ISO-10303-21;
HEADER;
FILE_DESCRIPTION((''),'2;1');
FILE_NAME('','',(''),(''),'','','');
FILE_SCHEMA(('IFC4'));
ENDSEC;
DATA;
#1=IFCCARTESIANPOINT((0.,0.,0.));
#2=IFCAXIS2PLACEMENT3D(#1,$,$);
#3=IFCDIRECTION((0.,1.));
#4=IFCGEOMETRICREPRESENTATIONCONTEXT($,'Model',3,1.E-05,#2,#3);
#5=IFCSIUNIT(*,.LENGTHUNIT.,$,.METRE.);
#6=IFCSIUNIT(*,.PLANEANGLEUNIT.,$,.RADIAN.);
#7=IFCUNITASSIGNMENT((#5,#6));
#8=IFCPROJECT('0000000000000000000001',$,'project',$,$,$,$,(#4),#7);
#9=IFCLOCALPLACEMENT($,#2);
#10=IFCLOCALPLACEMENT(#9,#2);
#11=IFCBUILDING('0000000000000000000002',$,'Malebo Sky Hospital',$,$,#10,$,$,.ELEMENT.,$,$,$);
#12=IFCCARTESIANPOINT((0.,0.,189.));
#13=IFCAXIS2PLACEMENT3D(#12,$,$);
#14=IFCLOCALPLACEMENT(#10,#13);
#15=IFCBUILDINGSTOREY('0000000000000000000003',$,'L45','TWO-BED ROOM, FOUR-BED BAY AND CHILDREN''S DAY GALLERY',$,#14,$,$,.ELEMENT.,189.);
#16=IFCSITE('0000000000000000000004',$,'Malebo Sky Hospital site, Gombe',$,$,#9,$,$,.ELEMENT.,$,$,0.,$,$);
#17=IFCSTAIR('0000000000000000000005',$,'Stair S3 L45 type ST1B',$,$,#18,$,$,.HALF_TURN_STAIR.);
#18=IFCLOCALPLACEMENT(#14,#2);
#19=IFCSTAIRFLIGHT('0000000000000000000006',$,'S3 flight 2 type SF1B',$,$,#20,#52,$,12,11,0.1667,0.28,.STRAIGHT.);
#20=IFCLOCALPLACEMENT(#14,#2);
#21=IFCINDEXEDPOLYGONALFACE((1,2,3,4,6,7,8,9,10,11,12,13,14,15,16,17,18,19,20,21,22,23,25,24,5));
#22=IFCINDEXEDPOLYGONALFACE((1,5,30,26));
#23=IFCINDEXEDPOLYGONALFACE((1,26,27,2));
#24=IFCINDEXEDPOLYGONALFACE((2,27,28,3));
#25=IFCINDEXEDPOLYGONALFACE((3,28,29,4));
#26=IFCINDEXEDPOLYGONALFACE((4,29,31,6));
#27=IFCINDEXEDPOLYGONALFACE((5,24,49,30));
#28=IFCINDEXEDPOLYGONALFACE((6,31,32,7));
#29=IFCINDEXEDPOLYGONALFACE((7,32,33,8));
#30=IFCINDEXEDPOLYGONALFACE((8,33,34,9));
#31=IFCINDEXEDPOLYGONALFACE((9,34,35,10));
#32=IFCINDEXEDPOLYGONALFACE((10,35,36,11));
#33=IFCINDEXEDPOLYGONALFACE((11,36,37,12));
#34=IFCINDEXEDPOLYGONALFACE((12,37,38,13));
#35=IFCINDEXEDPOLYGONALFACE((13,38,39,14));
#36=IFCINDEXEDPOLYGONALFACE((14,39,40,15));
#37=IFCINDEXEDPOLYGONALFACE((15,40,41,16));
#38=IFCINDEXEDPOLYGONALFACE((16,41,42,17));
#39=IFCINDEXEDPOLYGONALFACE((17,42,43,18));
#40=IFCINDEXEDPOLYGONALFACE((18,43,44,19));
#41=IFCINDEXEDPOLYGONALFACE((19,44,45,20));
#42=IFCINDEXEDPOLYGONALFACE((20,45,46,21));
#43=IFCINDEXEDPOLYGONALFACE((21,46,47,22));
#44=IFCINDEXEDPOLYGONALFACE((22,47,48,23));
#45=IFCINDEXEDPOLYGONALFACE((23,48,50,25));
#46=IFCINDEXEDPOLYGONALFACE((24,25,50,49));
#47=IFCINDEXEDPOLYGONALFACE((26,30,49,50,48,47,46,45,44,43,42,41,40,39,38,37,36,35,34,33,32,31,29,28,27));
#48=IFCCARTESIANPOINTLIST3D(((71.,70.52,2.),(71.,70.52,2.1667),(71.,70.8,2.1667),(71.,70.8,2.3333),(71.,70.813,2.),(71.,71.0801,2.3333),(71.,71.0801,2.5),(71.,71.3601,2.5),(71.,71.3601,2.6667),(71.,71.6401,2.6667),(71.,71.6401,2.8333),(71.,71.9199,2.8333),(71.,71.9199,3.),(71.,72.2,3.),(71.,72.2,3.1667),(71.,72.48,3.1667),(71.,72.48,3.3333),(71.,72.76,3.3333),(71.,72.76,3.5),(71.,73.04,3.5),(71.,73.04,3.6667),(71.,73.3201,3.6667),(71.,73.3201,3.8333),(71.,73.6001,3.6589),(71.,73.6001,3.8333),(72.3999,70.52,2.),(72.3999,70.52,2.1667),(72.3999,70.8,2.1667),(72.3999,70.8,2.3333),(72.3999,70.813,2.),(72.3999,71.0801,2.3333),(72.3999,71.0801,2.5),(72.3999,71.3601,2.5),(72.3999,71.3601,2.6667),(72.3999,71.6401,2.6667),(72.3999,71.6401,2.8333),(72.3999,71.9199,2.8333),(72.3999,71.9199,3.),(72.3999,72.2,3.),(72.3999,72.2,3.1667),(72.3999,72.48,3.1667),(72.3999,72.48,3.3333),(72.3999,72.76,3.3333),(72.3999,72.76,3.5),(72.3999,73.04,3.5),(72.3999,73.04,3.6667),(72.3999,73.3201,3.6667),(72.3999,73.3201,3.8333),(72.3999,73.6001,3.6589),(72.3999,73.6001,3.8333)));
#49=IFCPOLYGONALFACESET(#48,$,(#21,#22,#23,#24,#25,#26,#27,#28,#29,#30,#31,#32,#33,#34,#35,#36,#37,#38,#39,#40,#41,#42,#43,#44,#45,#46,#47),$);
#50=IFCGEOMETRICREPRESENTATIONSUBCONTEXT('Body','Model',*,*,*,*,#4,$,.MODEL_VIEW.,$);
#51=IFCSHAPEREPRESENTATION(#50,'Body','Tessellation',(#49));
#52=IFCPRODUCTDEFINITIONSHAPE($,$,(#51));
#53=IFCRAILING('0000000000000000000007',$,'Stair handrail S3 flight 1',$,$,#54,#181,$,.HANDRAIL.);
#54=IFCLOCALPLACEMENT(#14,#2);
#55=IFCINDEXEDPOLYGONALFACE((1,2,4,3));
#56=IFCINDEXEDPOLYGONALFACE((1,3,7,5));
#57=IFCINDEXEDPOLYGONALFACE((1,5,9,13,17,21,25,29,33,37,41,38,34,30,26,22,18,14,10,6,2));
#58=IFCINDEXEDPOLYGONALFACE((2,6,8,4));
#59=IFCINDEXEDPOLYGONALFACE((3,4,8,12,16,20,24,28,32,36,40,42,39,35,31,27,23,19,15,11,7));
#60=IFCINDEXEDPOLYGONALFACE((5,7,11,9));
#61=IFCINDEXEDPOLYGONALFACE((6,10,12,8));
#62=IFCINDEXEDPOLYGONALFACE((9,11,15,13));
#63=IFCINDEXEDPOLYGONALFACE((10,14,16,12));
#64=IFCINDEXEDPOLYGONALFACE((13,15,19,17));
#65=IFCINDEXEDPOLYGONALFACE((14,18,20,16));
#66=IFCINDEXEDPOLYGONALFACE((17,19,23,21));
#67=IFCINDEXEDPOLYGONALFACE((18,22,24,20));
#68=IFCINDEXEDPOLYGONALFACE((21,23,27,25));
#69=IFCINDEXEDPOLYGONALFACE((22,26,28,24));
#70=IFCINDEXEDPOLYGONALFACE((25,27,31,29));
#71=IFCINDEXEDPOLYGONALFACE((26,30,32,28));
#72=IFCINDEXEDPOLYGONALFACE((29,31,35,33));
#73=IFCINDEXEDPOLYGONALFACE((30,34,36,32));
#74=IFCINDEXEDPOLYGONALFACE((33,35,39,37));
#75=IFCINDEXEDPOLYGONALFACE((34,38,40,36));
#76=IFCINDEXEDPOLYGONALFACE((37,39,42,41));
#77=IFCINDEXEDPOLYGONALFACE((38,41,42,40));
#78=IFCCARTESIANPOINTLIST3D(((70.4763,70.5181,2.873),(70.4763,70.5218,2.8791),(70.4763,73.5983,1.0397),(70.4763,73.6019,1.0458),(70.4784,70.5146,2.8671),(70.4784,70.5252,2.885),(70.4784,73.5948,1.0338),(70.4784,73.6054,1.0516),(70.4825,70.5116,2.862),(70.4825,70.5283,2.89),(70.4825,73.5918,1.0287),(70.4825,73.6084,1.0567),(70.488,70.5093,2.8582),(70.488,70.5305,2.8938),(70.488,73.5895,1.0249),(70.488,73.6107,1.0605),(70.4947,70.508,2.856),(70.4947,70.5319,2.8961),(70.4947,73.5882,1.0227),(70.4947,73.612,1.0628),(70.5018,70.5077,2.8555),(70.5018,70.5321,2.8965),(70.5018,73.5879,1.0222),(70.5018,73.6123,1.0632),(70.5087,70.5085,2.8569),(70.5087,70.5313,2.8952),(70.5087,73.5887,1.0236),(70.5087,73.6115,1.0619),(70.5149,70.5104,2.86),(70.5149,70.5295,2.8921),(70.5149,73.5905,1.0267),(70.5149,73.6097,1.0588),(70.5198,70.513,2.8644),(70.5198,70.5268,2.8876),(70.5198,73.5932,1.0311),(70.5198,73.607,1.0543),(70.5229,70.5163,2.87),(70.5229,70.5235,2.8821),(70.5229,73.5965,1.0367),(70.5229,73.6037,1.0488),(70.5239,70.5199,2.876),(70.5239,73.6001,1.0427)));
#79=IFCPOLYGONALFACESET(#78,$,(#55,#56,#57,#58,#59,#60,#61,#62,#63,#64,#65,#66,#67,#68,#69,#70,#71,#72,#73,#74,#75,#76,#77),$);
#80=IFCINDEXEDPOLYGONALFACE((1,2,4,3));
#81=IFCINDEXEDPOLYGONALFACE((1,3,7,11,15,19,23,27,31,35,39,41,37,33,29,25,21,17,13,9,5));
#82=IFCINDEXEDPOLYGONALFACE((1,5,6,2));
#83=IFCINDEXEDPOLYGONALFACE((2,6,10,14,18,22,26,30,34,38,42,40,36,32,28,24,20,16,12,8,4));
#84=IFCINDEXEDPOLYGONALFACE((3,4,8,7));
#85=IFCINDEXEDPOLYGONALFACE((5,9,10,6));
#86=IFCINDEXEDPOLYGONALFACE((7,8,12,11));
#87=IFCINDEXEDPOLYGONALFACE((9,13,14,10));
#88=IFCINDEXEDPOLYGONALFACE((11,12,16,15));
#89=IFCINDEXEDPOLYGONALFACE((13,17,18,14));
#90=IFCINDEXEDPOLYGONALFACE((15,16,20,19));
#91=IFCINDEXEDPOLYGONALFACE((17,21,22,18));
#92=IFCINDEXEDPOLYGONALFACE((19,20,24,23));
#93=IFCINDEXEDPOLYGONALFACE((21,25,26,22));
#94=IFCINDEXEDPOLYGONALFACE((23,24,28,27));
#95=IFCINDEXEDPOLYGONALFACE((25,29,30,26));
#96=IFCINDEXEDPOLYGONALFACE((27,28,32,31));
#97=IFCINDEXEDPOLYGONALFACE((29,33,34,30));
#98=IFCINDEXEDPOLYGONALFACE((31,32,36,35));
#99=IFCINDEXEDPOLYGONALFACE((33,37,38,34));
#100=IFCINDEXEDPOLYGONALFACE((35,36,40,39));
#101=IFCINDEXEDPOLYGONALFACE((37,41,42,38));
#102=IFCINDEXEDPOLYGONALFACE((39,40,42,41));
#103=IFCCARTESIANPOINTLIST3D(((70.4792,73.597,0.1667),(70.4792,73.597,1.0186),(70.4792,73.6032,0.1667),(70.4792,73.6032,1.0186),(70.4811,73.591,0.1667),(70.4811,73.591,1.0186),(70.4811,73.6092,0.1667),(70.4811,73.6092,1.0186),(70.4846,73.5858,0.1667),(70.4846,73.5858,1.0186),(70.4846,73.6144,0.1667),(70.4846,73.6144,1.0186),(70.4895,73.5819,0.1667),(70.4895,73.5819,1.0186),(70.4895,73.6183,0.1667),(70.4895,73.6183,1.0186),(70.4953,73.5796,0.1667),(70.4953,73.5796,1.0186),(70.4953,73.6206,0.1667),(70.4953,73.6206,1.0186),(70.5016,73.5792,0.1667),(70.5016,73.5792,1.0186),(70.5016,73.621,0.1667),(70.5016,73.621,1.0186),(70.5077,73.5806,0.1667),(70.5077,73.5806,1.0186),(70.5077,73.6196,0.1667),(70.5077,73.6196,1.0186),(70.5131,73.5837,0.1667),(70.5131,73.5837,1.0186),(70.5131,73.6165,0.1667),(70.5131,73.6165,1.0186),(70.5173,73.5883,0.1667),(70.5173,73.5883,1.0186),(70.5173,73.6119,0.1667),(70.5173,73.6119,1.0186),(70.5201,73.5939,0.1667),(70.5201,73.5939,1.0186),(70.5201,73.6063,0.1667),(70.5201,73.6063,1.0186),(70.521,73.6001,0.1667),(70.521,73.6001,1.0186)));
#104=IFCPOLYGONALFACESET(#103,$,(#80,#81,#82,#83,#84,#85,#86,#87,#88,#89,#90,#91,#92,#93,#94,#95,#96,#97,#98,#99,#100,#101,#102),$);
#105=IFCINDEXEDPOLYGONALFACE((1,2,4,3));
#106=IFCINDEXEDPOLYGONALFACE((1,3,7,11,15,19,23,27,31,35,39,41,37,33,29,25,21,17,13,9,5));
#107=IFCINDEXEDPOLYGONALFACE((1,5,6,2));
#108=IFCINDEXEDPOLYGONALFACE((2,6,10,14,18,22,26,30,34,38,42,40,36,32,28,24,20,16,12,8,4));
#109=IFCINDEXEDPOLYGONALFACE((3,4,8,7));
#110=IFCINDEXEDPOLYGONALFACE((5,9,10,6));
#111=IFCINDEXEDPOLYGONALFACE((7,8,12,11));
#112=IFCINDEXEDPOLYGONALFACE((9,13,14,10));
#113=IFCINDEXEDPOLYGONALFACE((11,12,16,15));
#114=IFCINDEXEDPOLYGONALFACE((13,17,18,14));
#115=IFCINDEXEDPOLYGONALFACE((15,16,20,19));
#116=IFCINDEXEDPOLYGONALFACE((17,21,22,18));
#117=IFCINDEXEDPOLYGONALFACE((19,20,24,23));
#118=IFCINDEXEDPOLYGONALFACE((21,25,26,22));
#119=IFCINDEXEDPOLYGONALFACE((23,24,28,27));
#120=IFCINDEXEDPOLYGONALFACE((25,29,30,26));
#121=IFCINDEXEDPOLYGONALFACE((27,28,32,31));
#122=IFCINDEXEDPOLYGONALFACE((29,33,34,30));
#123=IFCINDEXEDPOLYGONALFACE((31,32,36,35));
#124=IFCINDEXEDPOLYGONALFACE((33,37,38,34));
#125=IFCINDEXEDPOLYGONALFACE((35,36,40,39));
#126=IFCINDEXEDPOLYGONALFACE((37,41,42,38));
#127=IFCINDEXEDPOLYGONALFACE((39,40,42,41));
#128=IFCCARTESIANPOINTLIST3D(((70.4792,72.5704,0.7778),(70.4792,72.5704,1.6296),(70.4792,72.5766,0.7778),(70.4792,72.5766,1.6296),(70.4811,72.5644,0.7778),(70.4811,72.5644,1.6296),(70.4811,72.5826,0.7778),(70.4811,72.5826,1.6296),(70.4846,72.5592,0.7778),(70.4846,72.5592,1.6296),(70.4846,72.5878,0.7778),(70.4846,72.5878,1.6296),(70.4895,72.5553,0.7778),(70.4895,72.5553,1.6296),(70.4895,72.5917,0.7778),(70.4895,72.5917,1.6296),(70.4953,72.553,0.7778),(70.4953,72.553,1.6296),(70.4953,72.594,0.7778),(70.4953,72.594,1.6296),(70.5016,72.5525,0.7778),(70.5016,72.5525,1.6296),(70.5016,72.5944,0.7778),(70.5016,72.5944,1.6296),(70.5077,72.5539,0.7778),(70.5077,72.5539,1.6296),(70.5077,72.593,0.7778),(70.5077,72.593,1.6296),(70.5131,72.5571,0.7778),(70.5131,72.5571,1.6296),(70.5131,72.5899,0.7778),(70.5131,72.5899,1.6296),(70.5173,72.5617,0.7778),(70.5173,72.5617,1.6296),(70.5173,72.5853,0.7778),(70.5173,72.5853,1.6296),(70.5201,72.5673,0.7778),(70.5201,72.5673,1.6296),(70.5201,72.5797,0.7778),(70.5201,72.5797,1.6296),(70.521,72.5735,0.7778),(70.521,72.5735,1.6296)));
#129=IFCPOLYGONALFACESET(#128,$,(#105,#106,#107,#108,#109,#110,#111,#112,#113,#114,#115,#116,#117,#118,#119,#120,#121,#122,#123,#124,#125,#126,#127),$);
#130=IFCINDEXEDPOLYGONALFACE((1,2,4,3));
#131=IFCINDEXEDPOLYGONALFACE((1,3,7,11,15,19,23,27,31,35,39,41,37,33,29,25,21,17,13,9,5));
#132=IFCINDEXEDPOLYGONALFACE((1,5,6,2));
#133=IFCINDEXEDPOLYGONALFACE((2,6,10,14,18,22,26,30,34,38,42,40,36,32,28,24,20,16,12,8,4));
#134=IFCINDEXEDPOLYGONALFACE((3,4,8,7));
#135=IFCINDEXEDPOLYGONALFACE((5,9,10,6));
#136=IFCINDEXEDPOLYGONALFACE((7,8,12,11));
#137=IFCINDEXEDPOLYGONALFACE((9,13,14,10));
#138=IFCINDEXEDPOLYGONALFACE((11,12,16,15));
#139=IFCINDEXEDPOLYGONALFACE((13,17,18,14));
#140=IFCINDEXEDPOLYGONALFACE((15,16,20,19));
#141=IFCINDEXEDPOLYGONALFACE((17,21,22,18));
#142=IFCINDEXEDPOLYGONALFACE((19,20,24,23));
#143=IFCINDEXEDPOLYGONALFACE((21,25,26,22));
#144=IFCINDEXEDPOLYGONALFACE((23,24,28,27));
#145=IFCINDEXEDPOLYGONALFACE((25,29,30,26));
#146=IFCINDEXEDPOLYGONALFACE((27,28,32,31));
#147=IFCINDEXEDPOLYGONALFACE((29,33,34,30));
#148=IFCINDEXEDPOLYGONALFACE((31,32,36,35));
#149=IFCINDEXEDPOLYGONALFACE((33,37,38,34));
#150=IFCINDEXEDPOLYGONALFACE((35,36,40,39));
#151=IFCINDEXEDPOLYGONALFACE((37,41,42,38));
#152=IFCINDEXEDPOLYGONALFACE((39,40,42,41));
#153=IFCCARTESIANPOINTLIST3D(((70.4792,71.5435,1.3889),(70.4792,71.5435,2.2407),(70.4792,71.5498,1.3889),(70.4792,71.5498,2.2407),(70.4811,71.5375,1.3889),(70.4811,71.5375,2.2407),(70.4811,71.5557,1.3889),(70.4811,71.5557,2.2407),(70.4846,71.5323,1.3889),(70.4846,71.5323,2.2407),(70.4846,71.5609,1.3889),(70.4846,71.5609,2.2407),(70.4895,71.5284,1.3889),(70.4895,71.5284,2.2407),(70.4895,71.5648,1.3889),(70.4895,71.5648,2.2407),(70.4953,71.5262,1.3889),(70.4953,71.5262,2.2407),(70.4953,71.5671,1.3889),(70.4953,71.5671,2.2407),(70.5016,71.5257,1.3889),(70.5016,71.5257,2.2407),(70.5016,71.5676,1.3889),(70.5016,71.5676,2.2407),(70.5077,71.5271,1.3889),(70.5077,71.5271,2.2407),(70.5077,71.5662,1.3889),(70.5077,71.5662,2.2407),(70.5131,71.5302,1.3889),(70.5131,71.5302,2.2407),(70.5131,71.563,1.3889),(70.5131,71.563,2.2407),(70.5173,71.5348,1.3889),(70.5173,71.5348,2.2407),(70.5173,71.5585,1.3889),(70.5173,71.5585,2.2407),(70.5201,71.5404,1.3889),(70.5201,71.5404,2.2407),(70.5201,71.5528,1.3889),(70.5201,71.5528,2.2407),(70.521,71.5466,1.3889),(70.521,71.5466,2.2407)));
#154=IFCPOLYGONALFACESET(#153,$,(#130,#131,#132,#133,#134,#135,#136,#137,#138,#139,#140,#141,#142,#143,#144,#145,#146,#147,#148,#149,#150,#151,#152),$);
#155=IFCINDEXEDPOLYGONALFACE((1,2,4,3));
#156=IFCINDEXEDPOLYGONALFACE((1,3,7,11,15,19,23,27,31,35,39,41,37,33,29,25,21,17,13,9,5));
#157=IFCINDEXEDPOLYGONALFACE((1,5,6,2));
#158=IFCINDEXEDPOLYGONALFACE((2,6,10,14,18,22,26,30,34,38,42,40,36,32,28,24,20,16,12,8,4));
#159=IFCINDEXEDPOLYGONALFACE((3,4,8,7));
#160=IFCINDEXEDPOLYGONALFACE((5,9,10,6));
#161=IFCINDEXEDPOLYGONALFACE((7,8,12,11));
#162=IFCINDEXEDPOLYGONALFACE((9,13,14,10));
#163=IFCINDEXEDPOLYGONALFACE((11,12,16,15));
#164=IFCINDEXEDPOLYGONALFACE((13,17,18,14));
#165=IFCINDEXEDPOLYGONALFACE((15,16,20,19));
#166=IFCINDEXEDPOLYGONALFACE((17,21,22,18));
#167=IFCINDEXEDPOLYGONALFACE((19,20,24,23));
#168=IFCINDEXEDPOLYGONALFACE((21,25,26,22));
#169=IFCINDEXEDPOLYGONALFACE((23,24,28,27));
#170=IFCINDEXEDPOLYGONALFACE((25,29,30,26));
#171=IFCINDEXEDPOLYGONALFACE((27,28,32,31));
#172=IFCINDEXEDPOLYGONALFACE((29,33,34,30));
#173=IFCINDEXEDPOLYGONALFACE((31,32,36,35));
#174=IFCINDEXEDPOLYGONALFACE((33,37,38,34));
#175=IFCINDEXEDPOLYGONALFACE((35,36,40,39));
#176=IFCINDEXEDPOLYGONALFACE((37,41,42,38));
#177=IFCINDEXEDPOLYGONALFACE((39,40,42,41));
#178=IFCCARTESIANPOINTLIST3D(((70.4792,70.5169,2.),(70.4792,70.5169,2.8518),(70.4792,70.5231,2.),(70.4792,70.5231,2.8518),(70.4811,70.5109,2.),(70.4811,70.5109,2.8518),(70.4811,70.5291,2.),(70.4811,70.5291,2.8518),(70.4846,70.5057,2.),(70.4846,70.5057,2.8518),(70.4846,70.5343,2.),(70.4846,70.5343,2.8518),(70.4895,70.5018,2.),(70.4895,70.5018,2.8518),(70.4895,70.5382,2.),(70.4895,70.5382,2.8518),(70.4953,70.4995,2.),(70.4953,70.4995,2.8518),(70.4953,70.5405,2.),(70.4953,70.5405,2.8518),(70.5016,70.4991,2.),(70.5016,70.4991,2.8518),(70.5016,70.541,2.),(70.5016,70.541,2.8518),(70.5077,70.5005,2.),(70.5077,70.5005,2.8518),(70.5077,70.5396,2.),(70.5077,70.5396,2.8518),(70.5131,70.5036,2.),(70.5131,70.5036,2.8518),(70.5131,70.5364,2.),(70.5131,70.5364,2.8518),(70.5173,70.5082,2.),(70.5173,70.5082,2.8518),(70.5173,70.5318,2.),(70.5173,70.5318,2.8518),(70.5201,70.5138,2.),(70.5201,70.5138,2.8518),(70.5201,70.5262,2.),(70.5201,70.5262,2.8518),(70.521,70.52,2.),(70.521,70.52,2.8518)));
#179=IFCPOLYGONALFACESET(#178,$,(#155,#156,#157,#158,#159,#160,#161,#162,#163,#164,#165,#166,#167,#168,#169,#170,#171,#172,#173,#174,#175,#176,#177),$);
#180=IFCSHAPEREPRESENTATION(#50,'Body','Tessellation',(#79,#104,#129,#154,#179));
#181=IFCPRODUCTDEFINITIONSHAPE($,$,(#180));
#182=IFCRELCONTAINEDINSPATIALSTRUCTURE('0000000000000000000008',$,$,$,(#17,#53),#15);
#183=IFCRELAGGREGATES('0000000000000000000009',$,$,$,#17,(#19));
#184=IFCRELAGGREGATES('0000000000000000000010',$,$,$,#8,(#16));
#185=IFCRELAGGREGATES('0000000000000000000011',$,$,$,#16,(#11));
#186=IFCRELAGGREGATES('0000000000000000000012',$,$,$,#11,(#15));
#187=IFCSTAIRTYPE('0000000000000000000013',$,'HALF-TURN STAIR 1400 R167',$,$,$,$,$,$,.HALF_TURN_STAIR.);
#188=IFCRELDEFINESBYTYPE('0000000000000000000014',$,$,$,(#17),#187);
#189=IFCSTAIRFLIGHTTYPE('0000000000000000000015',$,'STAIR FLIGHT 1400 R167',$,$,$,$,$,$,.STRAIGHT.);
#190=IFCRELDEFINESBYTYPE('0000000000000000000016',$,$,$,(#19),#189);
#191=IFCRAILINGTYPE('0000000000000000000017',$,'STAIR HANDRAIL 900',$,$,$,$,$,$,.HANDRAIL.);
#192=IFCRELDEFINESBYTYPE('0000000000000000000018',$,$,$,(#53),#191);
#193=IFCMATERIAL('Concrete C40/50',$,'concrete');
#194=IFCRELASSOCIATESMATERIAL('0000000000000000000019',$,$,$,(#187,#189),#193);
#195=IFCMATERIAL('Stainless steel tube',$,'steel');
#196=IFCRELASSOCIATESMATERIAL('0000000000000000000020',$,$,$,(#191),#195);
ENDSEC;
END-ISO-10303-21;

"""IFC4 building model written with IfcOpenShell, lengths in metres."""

from ifc_helpers import new_model, si_unit, direction, frame, origin, origin_2d, place, context, subcontext, project, spatial, polyline, circle, outline, extrude, material, type_object, element, aggregate, save


model = new_model("IFC4")

# Units and contexts
model_context = context("Model", 3, precision=1e-05, world=origin(), true_north=direction((0.0, 1.0)))
body_context = subcontext(model_context, "Body", "Model", "MODEL_VIEW")
ifc_project = project(units=[si_unit("LENGTHUNIT", "METRE"), si_unit("PLANEANGLEUNIT", "RADIAN")], contexts=[model_context])

# Site, building, storey
site_placement = place(None, origin())
site = spatial("IfcSite", under=ifc_project, at=site_placement, Name="Malebo Sky Hospital site, Gombe", CompositionType="ELEMENT", RefElevation=0.0)
building_placement = place(site_placement, origin())
building = spatial("IfcBuilding", under=site, at=building_placement, Name="Malebo Sky Hospital", CompositionType="ELEMENT")
storey_placement = place(building_placement, frame((0.0, 0.0, 189.0)))
storey = spatial("IfcBuildingStorey", under=building, at=storey_placement, Name="L45", Description="TWO-BED ROOM, FOUR-BED BAY AND CHILDREN'S DAY GALLERY", CompositionType="ELEMENT", Elevation=189.0)

# Shared definitions
ifc_material_1 = material(Name="Concrete C40/50", Category="concrete")

# Stair, stair flight
stair_type = type_object("IfcStairType", Name="HALF-TURN STAIR 1400 R167", PredefinedType="HALF_TURN_STAIR", material=ifc_material_1)
stair_placement = place(storey_placement, origin())
stair = element("IfcStair", 1, at=stair_placement, inside=storey, type_object=stair_type, Name="Stair S3 L45 type ST1B", PredefinedType="HALF_TURN_STAIR")
stair_flight_type = type_object("IfcStairFlightType", Name="STAIR FLIGHT 1400 R167", PredefinedType="STRAIGHT", material=ifc_material_1)
stair_flight_1_placement = place(storey_placement, frame((71.7, 70.52, 2.0), z_axis=(0.0, 0.0, 1.0), x_axis=(0.0, 1.0, 0.0)))
stair_flight_1 = element("IfcStairFlight", 2, at=stair_flight_1_placement, type_object=stair_flight_type, Name="S3 flight 2 type SF1B", NumberOfRisers=12, NumberOfTreads=11, PredefinedType="STRAIGHT", RiserHeight=0.1667, TreadLength=0.28, context=body_context, shape_type="SweptSolid", body=[
    extrude(outline(polyline([(0.0, 0.0), (0.0, 0.1667), (0.28, 0.1667), (0.28, 0.3333), (0.5601, 0.3333), (0.5601, 0.5), (0.8401, 0.5), (0.8401, 0.6667), (1.1201, 0.6667), (1.1201, 0.8333), (1.3999, 0.8333), (1.3999, 1.0), (1.6799, 1.0), (1.6799, 1.1667), (1.96, 1.1667), (1.96, 1.3333), (2.24, 1.3333), (2.24, 1.5), (2.52, 1.5), (2.52, 1.6667), (2.8, 1.6667), (2.8, 1.8333), (3.0801, 1.8333), (3.0801, 2.0), (3.0801, 1.6589), (0.293, 0.0), (0.0, 0.0)])), frame((0.0, 0.7, 0.0), z_axis=(0.0, -1.0, 0.0), x_axis=(1.0, 0.0, 0.0)), (0.0, 0.0, 1.0), 1.3999),
])
aggregate(stair, [stair_flight_1])

# Railing
ifc_material_2 = material(Name="Stainless steel tube", Category="steel")
railing_type = type_object("IfcRailingType", Name="STAIR HANDRAIL 900", PredefinedType="HANDRAIL", material=ifc_material_2)
railing_1_placement = place(storey_placement, frame((70.5, 73.6001, 0.1667)))
element("IfcRailing", 3, at=railing_1_placement, inside=storey, type_object=railing_type, Name="Stair handrail S3 flight 1", PredefinedType="HANDRAIL", context=body_context, shape_type="SweptSolid", body=[
    extrude(circle(Radius=0.0239, at=origin_2d()), frame((0.0, 0.0, 0.876), z_axis=(0.0, -0.859309, 0.511458), x_axis=(1.0, 0.0, 0.0)), (0.0, 0.0, 1.0), 3.5845),
    extrude(circle(Radius=0.021, at=origin_2d()), origin(), (0.0, 0.0, 1.0), 0.8518),
    extrude(circle(Radius=0.021, at=origin_2d()), frame((0.0, -1.0266, 0.6111)), (0.0, 0.0, 1.0), 0.8518),
    extrude(circle(Radius=0.021, at=origin_2d()), frame((0.0, -2.0535, 1.2222)), (0.0, 0.0, 1.0), 0.8518),
    extrude(circle(Radius=0.021, at=origin_2d()), frame((0.0, -3.0801, 1.8333)), (0.0, 0.0, 1.0), 0.8518),
])

save(model, "model.ifc")
